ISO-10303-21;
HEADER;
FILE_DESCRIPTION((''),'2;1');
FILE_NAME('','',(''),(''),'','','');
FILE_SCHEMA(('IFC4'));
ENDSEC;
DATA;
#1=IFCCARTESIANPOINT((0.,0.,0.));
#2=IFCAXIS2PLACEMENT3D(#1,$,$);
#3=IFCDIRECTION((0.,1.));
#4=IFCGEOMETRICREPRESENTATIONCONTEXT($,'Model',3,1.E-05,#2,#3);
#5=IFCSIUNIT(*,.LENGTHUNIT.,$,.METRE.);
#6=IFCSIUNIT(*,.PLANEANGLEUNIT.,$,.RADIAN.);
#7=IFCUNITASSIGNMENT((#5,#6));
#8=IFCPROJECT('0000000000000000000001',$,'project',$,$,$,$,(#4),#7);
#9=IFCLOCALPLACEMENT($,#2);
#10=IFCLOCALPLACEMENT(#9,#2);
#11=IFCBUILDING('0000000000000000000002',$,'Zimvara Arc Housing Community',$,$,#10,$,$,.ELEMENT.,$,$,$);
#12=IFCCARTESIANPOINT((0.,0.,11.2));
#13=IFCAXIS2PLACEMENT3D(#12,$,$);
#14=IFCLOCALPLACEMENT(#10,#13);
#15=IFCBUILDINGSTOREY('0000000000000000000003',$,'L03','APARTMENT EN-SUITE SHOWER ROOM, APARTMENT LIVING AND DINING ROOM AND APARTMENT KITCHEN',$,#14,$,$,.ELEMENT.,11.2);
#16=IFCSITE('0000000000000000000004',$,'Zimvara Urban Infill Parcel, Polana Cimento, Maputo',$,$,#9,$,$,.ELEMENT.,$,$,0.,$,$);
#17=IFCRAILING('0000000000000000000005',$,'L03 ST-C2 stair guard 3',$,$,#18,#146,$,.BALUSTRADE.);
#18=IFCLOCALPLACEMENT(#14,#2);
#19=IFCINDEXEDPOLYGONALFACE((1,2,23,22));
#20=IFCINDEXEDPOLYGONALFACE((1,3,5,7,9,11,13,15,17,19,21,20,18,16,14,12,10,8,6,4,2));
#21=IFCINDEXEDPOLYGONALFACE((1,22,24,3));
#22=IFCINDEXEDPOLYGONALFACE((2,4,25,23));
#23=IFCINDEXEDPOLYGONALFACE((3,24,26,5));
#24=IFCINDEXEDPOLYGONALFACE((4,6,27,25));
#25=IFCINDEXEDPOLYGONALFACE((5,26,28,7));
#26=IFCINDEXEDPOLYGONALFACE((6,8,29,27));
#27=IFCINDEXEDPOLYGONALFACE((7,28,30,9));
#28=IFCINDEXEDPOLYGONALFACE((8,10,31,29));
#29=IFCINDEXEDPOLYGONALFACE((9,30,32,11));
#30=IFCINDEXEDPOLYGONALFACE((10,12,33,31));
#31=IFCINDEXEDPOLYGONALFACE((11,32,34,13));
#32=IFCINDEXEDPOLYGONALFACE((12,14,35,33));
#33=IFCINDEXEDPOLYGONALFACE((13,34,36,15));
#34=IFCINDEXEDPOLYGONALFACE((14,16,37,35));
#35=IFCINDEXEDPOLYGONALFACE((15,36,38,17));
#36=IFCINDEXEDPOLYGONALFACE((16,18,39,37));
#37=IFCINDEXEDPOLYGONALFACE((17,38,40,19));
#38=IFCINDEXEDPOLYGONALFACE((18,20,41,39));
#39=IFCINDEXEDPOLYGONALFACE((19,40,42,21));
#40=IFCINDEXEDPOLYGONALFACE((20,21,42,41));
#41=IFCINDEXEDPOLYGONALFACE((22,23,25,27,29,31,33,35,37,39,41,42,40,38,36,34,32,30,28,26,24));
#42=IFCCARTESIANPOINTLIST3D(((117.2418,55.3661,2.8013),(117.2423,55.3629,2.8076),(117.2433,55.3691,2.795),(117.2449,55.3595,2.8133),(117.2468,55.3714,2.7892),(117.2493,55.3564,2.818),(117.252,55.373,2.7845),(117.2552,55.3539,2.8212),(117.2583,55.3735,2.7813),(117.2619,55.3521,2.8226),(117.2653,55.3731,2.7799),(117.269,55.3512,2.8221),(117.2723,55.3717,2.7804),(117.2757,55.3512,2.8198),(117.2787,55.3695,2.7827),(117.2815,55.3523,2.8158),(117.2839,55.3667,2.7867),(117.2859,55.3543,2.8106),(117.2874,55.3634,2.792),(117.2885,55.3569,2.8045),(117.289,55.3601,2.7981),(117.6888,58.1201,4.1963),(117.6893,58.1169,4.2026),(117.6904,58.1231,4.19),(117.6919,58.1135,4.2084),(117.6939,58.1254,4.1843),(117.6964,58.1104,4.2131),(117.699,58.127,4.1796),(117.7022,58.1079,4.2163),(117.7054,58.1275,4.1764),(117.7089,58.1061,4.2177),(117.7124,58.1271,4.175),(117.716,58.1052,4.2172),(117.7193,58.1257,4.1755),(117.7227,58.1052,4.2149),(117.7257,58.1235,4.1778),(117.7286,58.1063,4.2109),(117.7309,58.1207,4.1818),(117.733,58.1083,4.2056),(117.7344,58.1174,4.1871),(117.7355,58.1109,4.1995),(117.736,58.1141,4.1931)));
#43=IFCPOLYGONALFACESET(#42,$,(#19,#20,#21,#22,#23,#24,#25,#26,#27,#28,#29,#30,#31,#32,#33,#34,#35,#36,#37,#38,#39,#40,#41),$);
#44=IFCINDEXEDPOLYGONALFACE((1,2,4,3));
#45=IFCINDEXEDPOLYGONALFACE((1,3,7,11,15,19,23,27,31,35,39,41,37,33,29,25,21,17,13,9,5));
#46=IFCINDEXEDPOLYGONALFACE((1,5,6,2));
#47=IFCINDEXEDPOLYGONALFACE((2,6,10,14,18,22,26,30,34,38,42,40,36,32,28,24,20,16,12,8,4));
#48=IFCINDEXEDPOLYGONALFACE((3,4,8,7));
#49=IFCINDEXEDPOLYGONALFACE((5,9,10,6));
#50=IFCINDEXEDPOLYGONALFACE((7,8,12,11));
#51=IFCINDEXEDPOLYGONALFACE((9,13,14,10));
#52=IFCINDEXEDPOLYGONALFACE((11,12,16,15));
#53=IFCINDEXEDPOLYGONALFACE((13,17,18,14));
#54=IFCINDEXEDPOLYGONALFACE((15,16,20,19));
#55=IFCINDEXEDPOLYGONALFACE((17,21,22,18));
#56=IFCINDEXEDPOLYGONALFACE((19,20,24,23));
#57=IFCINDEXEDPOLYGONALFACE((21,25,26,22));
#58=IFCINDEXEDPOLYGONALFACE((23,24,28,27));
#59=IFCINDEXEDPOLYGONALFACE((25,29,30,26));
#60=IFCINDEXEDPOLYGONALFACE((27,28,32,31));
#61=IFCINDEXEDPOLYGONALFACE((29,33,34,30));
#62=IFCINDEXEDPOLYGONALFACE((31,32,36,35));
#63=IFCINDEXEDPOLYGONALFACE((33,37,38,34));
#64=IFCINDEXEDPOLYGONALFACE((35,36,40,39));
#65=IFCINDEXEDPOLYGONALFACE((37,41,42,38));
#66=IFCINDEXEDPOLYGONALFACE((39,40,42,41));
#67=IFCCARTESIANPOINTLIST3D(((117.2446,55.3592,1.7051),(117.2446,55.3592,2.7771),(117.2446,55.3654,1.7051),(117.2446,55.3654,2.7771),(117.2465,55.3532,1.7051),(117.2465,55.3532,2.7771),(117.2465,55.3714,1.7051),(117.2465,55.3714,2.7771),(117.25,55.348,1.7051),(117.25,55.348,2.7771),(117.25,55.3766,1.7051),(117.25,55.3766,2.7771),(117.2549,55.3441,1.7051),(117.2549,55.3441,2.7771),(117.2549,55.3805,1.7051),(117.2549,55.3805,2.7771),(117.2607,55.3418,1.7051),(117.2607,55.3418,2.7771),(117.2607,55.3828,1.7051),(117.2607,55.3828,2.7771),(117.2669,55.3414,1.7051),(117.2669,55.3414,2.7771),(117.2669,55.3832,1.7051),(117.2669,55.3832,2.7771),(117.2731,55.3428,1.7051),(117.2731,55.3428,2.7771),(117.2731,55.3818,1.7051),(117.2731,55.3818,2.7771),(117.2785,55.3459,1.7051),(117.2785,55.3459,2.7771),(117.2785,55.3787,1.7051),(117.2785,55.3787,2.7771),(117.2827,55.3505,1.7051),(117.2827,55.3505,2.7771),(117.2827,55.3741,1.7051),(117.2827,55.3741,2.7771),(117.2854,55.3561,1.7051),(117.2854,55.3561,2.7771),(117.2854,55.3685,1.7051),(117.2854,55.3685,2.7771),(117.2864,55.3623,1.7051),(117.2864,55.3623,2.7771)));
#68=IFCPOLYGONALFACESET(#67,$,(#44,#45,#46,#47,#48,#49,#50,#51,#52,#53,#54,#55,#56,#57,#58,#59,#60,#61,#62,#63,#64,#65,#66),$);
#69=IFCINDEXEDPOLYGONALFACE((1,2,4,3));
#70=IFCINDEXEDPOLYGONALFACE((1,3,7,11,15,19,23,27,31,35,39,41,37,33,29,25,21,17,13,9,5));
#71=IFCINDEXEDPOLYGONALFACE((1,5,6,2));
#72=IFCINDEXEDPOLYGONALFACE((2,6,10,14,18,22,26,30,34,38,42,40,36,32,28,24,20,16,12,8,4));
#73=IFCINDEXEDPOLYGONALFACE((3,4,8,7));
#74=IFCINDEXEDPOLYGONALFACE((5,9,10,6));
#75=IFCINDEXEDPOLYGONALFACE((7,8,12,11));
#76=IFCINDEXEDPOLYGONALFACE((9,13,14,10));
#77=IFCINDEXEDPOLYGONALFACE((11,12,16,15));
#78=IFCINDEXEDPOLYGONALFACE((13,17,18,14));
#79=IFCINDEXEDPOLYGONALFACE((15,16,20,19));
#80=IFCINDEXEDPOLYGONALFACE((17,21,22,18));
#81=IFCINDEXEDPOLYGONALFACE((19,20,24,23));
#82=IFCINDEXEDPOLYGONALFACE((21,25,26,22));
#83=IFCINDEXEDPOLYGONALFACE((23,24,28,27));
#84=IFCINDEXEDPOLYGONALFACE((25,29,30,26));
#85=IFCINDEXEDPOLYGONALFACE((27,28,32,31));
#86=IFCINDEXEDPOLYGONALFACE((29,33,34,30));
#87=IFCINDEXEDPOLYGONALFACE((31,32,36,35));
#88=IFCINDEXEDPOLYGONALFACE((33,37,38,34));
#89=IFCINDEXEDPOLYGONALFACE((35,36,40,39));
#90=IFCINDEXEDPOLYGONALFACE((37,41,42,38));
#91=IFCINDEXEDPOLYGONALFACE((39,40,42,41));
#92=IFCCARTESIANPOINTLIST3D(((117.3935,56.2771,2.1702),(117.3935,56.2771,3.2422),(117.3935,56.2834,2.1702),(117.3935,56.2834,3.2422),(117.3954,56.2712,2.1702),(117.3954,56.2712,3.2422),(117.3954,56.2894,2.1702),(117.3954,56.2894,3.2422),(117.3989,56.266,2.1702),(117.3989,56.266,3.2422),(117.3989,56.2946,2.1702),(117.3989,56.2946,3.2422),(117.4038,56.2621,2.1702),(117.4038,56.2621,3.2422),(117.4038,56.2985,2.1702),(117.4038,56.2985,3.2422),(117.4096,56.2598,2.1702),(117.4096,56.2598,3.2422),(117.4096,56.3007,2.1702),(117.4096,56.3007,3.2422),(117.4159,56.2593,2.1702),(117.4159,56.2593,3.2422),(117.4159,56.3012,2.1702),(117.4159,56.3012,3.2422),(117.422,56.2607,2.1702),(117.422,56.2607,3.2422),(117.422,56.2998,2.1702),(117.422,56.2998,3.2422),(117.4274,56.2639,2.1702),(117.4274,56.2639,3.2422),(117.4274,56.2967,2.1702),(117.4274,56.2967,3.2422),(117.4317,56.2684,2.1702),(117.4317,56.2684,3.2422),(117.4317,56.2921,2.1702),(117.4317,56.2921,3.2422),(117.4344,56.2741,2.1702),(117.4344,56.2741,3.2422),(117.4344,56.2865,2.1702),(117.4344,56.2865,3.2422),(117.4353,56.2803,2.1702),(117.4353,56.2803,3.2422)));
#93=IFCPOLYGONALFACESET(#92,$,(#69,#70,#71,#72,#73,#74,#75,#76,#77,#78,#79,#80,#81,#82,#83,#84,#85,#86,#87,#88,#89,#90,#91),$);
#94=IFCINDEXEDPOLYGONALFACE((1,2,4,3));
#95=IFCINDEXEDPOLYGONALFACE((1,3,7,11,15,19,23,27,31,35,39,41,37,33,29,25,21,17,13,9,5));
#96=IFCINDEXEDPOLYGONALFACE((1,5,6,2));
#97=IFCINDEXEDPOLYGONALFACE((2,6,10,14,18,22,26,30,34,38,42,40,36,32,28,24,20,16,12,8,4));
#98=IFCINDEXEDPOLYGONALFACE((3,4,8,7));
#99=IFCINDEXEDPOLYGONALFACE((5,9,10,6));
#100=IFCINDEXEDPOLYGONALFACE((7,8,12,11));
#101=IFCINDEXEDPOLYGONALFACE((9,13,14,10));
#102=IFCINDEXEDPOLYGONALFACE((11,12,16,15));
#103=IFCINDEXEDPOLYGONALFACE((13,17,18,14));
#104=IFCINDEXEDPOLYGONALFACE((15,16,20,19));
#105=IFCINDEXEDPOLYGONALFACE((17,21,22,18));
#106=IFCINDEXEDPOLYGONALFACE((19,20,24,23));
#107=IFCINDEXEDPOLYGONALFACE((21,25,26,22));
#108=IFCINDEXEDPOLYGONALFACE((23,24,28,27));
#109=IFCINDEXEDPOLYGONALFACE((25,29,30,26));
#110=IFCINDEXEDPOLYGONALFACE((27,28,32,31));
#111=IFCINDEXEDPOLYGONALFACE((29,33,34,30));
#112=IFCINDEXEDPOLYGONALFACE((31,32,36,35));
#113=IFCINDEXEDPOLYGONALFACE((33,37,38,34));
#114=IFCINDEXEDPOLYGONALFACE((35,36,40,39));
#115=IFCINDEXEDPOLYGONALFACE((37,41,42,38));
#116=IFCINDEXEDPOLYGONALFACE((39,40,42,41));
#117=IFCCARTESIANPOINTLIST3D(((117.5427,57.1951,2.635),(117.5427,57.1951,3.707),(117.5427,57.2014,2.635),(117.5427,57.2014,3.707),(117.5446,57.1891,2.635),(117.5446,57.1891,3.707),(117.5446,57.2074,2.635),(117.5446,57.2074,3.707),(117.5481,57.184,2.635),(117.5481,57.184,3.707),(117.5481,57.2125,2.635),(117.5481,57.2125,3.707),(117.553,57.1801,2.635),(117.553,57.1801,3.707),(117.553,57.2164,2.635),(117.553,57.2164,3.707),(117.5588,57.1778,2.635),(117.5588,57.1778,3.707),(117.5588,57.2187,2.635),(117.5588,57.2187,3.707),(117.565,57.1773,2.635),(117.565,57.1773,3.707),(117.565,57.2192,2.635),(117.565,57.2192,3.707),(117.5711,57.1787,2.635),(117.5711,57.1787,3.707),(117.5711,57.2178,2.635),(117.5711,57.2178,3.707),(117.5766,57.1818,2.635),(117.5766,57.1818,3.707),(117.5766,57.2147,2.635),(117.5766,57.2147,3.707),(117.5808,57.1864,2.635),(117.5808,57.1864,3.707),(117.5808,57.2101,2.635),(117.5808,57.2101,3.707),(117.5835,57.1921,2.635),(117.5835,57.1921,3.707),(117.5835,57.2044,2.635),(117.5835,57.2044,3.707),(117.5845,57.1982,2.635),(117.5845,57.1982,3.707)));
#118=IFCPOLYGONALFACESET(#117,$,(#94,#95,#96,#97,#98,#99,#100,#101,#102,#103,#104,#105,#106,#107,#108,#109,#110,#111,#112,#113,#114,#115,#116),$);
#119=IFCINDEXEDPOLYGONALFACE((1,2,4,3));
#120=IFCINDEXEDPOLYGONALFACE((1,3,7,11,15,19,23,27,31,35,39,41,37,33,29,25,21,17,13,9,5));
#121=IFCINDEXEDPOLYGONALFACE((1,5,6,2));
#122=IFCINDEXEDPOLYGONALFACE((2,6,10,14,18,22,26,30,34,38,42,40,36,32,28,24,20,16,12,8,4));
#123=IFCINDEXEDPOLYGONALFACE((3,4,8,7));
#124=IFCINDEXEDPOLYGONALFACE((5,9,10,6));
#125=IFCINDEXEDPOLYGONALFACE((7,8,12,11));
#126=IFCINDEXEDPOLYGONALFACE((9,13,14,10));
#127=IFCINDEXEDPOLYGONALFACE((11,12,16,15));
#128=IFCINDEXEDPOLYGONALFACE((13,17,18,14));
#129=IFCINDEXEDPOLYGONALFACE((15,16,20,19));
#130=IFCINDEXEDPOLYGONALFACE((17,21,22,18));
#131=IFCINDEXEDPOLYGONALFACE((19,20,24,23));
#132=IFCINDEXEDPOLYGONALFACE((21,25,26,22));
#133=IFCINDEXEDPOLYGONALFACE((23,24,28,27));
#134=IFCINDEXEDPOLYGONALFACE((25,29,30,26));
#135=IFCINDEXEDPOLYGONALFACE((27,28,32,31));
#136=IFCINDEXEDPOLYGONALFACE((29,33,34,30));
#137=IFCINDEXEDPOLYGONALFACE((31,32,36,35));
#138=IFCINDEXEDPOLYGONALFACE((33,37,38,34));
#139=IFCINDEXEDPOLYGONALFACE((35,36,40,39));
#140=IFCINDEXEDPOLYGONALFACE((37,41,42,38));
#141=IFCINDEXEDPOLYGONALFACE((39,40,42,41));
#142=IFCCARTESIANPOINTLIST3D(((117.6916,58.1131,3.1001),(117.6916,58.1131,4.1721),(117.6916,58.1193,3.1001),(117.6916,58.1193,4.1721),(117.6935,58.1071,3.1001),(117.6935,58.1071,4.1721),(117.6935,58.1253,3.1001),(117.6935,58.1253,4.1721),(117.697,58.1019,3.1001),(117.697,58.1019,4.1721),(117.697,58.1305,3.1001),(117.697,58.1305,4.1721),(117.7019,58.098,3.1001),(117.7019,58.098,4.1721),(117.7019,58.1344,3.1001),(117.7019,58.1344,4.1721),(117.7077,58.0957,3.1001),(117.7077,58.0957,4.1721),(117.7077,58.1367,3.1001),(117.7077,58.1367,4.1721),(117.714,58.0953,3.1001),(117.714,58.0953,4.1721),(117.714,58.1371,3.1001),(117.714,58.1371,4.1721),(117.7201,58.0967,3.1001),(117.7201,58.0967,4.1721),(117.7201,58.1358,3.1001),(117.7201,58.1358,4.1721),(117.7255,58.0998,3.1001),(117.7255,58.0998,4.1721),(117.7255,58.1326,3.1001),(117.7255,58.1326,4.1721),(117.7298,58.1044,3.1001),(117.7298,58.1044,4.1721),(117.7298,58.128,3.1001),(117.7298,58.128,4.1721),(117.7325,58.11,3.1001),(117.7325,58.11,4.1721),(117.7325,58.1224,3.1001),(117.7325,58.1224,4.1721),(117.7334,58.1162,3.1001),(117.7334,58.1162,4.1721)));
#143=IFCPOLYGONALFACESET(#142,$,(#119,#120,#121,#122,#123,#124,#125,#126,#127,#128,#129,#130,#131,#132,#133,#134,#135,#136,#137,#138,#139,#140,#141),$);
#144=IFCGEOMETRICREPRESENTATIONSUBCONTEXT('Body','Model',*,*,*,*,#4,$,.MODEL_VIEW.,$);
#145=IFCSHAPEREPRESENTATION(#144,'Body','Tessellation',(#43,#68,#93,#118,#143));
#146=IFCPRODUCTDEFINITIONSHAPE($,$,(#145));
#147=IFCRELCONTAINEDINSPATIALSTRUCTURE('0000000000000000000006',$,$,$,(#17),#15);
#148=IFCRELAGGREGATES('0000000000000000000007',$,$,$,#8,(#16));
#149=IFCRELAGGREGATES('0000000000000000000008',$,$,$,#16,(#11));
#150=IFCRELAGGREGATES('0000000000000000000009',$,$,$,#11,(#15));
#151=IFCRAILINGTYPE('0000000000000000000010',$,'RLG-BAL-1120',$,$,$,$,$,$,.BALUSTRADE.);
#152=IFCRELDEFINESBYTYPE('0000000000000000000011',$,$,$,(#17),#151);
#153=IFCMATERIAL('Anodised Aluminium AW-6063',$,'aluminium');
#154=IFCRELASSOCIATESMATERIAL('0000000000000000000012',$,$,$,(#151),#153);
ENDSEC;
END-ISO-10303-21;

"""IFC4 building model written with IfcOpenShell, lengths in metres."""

from ifc_helpers import new_model, si_unit, direction, frame, origin, origin_2d, place, context, subcontext, project, spatial, circle, extrude, material, type_object, element, save


model = new_model("IFC4")

# Units and contexts
model_context = context("Model", 3, precision=1e-05, world=origin(), true_north=direction((0.0, 1.0)))
body_context = subcontext(model_context, "Body", "Model", "MODEL_VIEW")
ifc_project = project(units=[si_unit("LENGTHUNIT", "METRE"), si_unit("PLANEANGLEUNIT", "RADIAN")], contexts=[model_context])

# Site, building, storey
site_placement = place(None, origin())
site = spatial("IfcSite", under=ifc_project, at=site_placement, Name="Zimvara Urban Infill Parcel, Polana Cimento, Maputo", CompositionType="ELEMENT", RefElevation=0.0)
building_placement = place(site_placement, origin())
building = spatial("IfcBuilding", under=site, at=building_placement, Name="Zimvara Arc Housing Community", CompositionType="ELEMENT")
storey_placement = place(building_placement, frame((0.0, 0.0, 11.2)))
storey = spatial("IfcBuildingStorey", under=building, at=storey_placement, Name="L03", Description="APARTMENT EN-SUITE SHOWER ROOM, APARTMENT LIVING AND DINING ROOM AND APARTMENT KITCHEN", CompositionType="ELEMENT", Elevation=11.2)

# Railing
ifc_material_1 = material(Name="Anodised Aluminium AW-6063", Category="aluminium")
railing_type_1 = type_object("IfcRailingType", Name="RLG-BAL-1120", PredefinedType="BALUSTRADE", material=ifc_material_1)
railing_1_placement = place(storey_placement, frame((117.2654, 55.3623, 1.7051)))
element("IfcRailing", 1, at=railing_1_placement, inside=storey, type_object=railing_type_1, Name="L03 ST-C2 stair guard 3", PredefinedType="BALUSTRADE", context=body_context, shape_type="SweptSolid", body=[
    extrude(circle(Radius=0.0239, at=origin_2d()), frame((0.0, 0.0, 1.0962), z_axis=(0.143309, 0.882866, 0.447225), x_axis=(-0.98708, 0.160226, 0.0)), (0.0, 0.0, 1.0), 3.1194),
    extrude(circle(Radius=0.021, at=origin_2d()), origin(), (0.0, 0.0, 1.0), 1.072),
    extrude(circle(Radius=0.021, at=origin_2d()), frame((0.1489, 0.918, 0.4651)), (0.0, 0.0, 1.0), 1.072),
    extrude(circle(Radius=0.021, at=origin_2d()), frame((0.2981, 1.8359, 0.9299)), (0.0, 0.0, 1.0), 1.072),
    extrude(circle(Radius=0.021, at=origin_2d()), frame((0.447, 2.7539, 1.395)), (0.0, 0.0, 1.0), 1.072),
])

save(model, "model.ifc")
